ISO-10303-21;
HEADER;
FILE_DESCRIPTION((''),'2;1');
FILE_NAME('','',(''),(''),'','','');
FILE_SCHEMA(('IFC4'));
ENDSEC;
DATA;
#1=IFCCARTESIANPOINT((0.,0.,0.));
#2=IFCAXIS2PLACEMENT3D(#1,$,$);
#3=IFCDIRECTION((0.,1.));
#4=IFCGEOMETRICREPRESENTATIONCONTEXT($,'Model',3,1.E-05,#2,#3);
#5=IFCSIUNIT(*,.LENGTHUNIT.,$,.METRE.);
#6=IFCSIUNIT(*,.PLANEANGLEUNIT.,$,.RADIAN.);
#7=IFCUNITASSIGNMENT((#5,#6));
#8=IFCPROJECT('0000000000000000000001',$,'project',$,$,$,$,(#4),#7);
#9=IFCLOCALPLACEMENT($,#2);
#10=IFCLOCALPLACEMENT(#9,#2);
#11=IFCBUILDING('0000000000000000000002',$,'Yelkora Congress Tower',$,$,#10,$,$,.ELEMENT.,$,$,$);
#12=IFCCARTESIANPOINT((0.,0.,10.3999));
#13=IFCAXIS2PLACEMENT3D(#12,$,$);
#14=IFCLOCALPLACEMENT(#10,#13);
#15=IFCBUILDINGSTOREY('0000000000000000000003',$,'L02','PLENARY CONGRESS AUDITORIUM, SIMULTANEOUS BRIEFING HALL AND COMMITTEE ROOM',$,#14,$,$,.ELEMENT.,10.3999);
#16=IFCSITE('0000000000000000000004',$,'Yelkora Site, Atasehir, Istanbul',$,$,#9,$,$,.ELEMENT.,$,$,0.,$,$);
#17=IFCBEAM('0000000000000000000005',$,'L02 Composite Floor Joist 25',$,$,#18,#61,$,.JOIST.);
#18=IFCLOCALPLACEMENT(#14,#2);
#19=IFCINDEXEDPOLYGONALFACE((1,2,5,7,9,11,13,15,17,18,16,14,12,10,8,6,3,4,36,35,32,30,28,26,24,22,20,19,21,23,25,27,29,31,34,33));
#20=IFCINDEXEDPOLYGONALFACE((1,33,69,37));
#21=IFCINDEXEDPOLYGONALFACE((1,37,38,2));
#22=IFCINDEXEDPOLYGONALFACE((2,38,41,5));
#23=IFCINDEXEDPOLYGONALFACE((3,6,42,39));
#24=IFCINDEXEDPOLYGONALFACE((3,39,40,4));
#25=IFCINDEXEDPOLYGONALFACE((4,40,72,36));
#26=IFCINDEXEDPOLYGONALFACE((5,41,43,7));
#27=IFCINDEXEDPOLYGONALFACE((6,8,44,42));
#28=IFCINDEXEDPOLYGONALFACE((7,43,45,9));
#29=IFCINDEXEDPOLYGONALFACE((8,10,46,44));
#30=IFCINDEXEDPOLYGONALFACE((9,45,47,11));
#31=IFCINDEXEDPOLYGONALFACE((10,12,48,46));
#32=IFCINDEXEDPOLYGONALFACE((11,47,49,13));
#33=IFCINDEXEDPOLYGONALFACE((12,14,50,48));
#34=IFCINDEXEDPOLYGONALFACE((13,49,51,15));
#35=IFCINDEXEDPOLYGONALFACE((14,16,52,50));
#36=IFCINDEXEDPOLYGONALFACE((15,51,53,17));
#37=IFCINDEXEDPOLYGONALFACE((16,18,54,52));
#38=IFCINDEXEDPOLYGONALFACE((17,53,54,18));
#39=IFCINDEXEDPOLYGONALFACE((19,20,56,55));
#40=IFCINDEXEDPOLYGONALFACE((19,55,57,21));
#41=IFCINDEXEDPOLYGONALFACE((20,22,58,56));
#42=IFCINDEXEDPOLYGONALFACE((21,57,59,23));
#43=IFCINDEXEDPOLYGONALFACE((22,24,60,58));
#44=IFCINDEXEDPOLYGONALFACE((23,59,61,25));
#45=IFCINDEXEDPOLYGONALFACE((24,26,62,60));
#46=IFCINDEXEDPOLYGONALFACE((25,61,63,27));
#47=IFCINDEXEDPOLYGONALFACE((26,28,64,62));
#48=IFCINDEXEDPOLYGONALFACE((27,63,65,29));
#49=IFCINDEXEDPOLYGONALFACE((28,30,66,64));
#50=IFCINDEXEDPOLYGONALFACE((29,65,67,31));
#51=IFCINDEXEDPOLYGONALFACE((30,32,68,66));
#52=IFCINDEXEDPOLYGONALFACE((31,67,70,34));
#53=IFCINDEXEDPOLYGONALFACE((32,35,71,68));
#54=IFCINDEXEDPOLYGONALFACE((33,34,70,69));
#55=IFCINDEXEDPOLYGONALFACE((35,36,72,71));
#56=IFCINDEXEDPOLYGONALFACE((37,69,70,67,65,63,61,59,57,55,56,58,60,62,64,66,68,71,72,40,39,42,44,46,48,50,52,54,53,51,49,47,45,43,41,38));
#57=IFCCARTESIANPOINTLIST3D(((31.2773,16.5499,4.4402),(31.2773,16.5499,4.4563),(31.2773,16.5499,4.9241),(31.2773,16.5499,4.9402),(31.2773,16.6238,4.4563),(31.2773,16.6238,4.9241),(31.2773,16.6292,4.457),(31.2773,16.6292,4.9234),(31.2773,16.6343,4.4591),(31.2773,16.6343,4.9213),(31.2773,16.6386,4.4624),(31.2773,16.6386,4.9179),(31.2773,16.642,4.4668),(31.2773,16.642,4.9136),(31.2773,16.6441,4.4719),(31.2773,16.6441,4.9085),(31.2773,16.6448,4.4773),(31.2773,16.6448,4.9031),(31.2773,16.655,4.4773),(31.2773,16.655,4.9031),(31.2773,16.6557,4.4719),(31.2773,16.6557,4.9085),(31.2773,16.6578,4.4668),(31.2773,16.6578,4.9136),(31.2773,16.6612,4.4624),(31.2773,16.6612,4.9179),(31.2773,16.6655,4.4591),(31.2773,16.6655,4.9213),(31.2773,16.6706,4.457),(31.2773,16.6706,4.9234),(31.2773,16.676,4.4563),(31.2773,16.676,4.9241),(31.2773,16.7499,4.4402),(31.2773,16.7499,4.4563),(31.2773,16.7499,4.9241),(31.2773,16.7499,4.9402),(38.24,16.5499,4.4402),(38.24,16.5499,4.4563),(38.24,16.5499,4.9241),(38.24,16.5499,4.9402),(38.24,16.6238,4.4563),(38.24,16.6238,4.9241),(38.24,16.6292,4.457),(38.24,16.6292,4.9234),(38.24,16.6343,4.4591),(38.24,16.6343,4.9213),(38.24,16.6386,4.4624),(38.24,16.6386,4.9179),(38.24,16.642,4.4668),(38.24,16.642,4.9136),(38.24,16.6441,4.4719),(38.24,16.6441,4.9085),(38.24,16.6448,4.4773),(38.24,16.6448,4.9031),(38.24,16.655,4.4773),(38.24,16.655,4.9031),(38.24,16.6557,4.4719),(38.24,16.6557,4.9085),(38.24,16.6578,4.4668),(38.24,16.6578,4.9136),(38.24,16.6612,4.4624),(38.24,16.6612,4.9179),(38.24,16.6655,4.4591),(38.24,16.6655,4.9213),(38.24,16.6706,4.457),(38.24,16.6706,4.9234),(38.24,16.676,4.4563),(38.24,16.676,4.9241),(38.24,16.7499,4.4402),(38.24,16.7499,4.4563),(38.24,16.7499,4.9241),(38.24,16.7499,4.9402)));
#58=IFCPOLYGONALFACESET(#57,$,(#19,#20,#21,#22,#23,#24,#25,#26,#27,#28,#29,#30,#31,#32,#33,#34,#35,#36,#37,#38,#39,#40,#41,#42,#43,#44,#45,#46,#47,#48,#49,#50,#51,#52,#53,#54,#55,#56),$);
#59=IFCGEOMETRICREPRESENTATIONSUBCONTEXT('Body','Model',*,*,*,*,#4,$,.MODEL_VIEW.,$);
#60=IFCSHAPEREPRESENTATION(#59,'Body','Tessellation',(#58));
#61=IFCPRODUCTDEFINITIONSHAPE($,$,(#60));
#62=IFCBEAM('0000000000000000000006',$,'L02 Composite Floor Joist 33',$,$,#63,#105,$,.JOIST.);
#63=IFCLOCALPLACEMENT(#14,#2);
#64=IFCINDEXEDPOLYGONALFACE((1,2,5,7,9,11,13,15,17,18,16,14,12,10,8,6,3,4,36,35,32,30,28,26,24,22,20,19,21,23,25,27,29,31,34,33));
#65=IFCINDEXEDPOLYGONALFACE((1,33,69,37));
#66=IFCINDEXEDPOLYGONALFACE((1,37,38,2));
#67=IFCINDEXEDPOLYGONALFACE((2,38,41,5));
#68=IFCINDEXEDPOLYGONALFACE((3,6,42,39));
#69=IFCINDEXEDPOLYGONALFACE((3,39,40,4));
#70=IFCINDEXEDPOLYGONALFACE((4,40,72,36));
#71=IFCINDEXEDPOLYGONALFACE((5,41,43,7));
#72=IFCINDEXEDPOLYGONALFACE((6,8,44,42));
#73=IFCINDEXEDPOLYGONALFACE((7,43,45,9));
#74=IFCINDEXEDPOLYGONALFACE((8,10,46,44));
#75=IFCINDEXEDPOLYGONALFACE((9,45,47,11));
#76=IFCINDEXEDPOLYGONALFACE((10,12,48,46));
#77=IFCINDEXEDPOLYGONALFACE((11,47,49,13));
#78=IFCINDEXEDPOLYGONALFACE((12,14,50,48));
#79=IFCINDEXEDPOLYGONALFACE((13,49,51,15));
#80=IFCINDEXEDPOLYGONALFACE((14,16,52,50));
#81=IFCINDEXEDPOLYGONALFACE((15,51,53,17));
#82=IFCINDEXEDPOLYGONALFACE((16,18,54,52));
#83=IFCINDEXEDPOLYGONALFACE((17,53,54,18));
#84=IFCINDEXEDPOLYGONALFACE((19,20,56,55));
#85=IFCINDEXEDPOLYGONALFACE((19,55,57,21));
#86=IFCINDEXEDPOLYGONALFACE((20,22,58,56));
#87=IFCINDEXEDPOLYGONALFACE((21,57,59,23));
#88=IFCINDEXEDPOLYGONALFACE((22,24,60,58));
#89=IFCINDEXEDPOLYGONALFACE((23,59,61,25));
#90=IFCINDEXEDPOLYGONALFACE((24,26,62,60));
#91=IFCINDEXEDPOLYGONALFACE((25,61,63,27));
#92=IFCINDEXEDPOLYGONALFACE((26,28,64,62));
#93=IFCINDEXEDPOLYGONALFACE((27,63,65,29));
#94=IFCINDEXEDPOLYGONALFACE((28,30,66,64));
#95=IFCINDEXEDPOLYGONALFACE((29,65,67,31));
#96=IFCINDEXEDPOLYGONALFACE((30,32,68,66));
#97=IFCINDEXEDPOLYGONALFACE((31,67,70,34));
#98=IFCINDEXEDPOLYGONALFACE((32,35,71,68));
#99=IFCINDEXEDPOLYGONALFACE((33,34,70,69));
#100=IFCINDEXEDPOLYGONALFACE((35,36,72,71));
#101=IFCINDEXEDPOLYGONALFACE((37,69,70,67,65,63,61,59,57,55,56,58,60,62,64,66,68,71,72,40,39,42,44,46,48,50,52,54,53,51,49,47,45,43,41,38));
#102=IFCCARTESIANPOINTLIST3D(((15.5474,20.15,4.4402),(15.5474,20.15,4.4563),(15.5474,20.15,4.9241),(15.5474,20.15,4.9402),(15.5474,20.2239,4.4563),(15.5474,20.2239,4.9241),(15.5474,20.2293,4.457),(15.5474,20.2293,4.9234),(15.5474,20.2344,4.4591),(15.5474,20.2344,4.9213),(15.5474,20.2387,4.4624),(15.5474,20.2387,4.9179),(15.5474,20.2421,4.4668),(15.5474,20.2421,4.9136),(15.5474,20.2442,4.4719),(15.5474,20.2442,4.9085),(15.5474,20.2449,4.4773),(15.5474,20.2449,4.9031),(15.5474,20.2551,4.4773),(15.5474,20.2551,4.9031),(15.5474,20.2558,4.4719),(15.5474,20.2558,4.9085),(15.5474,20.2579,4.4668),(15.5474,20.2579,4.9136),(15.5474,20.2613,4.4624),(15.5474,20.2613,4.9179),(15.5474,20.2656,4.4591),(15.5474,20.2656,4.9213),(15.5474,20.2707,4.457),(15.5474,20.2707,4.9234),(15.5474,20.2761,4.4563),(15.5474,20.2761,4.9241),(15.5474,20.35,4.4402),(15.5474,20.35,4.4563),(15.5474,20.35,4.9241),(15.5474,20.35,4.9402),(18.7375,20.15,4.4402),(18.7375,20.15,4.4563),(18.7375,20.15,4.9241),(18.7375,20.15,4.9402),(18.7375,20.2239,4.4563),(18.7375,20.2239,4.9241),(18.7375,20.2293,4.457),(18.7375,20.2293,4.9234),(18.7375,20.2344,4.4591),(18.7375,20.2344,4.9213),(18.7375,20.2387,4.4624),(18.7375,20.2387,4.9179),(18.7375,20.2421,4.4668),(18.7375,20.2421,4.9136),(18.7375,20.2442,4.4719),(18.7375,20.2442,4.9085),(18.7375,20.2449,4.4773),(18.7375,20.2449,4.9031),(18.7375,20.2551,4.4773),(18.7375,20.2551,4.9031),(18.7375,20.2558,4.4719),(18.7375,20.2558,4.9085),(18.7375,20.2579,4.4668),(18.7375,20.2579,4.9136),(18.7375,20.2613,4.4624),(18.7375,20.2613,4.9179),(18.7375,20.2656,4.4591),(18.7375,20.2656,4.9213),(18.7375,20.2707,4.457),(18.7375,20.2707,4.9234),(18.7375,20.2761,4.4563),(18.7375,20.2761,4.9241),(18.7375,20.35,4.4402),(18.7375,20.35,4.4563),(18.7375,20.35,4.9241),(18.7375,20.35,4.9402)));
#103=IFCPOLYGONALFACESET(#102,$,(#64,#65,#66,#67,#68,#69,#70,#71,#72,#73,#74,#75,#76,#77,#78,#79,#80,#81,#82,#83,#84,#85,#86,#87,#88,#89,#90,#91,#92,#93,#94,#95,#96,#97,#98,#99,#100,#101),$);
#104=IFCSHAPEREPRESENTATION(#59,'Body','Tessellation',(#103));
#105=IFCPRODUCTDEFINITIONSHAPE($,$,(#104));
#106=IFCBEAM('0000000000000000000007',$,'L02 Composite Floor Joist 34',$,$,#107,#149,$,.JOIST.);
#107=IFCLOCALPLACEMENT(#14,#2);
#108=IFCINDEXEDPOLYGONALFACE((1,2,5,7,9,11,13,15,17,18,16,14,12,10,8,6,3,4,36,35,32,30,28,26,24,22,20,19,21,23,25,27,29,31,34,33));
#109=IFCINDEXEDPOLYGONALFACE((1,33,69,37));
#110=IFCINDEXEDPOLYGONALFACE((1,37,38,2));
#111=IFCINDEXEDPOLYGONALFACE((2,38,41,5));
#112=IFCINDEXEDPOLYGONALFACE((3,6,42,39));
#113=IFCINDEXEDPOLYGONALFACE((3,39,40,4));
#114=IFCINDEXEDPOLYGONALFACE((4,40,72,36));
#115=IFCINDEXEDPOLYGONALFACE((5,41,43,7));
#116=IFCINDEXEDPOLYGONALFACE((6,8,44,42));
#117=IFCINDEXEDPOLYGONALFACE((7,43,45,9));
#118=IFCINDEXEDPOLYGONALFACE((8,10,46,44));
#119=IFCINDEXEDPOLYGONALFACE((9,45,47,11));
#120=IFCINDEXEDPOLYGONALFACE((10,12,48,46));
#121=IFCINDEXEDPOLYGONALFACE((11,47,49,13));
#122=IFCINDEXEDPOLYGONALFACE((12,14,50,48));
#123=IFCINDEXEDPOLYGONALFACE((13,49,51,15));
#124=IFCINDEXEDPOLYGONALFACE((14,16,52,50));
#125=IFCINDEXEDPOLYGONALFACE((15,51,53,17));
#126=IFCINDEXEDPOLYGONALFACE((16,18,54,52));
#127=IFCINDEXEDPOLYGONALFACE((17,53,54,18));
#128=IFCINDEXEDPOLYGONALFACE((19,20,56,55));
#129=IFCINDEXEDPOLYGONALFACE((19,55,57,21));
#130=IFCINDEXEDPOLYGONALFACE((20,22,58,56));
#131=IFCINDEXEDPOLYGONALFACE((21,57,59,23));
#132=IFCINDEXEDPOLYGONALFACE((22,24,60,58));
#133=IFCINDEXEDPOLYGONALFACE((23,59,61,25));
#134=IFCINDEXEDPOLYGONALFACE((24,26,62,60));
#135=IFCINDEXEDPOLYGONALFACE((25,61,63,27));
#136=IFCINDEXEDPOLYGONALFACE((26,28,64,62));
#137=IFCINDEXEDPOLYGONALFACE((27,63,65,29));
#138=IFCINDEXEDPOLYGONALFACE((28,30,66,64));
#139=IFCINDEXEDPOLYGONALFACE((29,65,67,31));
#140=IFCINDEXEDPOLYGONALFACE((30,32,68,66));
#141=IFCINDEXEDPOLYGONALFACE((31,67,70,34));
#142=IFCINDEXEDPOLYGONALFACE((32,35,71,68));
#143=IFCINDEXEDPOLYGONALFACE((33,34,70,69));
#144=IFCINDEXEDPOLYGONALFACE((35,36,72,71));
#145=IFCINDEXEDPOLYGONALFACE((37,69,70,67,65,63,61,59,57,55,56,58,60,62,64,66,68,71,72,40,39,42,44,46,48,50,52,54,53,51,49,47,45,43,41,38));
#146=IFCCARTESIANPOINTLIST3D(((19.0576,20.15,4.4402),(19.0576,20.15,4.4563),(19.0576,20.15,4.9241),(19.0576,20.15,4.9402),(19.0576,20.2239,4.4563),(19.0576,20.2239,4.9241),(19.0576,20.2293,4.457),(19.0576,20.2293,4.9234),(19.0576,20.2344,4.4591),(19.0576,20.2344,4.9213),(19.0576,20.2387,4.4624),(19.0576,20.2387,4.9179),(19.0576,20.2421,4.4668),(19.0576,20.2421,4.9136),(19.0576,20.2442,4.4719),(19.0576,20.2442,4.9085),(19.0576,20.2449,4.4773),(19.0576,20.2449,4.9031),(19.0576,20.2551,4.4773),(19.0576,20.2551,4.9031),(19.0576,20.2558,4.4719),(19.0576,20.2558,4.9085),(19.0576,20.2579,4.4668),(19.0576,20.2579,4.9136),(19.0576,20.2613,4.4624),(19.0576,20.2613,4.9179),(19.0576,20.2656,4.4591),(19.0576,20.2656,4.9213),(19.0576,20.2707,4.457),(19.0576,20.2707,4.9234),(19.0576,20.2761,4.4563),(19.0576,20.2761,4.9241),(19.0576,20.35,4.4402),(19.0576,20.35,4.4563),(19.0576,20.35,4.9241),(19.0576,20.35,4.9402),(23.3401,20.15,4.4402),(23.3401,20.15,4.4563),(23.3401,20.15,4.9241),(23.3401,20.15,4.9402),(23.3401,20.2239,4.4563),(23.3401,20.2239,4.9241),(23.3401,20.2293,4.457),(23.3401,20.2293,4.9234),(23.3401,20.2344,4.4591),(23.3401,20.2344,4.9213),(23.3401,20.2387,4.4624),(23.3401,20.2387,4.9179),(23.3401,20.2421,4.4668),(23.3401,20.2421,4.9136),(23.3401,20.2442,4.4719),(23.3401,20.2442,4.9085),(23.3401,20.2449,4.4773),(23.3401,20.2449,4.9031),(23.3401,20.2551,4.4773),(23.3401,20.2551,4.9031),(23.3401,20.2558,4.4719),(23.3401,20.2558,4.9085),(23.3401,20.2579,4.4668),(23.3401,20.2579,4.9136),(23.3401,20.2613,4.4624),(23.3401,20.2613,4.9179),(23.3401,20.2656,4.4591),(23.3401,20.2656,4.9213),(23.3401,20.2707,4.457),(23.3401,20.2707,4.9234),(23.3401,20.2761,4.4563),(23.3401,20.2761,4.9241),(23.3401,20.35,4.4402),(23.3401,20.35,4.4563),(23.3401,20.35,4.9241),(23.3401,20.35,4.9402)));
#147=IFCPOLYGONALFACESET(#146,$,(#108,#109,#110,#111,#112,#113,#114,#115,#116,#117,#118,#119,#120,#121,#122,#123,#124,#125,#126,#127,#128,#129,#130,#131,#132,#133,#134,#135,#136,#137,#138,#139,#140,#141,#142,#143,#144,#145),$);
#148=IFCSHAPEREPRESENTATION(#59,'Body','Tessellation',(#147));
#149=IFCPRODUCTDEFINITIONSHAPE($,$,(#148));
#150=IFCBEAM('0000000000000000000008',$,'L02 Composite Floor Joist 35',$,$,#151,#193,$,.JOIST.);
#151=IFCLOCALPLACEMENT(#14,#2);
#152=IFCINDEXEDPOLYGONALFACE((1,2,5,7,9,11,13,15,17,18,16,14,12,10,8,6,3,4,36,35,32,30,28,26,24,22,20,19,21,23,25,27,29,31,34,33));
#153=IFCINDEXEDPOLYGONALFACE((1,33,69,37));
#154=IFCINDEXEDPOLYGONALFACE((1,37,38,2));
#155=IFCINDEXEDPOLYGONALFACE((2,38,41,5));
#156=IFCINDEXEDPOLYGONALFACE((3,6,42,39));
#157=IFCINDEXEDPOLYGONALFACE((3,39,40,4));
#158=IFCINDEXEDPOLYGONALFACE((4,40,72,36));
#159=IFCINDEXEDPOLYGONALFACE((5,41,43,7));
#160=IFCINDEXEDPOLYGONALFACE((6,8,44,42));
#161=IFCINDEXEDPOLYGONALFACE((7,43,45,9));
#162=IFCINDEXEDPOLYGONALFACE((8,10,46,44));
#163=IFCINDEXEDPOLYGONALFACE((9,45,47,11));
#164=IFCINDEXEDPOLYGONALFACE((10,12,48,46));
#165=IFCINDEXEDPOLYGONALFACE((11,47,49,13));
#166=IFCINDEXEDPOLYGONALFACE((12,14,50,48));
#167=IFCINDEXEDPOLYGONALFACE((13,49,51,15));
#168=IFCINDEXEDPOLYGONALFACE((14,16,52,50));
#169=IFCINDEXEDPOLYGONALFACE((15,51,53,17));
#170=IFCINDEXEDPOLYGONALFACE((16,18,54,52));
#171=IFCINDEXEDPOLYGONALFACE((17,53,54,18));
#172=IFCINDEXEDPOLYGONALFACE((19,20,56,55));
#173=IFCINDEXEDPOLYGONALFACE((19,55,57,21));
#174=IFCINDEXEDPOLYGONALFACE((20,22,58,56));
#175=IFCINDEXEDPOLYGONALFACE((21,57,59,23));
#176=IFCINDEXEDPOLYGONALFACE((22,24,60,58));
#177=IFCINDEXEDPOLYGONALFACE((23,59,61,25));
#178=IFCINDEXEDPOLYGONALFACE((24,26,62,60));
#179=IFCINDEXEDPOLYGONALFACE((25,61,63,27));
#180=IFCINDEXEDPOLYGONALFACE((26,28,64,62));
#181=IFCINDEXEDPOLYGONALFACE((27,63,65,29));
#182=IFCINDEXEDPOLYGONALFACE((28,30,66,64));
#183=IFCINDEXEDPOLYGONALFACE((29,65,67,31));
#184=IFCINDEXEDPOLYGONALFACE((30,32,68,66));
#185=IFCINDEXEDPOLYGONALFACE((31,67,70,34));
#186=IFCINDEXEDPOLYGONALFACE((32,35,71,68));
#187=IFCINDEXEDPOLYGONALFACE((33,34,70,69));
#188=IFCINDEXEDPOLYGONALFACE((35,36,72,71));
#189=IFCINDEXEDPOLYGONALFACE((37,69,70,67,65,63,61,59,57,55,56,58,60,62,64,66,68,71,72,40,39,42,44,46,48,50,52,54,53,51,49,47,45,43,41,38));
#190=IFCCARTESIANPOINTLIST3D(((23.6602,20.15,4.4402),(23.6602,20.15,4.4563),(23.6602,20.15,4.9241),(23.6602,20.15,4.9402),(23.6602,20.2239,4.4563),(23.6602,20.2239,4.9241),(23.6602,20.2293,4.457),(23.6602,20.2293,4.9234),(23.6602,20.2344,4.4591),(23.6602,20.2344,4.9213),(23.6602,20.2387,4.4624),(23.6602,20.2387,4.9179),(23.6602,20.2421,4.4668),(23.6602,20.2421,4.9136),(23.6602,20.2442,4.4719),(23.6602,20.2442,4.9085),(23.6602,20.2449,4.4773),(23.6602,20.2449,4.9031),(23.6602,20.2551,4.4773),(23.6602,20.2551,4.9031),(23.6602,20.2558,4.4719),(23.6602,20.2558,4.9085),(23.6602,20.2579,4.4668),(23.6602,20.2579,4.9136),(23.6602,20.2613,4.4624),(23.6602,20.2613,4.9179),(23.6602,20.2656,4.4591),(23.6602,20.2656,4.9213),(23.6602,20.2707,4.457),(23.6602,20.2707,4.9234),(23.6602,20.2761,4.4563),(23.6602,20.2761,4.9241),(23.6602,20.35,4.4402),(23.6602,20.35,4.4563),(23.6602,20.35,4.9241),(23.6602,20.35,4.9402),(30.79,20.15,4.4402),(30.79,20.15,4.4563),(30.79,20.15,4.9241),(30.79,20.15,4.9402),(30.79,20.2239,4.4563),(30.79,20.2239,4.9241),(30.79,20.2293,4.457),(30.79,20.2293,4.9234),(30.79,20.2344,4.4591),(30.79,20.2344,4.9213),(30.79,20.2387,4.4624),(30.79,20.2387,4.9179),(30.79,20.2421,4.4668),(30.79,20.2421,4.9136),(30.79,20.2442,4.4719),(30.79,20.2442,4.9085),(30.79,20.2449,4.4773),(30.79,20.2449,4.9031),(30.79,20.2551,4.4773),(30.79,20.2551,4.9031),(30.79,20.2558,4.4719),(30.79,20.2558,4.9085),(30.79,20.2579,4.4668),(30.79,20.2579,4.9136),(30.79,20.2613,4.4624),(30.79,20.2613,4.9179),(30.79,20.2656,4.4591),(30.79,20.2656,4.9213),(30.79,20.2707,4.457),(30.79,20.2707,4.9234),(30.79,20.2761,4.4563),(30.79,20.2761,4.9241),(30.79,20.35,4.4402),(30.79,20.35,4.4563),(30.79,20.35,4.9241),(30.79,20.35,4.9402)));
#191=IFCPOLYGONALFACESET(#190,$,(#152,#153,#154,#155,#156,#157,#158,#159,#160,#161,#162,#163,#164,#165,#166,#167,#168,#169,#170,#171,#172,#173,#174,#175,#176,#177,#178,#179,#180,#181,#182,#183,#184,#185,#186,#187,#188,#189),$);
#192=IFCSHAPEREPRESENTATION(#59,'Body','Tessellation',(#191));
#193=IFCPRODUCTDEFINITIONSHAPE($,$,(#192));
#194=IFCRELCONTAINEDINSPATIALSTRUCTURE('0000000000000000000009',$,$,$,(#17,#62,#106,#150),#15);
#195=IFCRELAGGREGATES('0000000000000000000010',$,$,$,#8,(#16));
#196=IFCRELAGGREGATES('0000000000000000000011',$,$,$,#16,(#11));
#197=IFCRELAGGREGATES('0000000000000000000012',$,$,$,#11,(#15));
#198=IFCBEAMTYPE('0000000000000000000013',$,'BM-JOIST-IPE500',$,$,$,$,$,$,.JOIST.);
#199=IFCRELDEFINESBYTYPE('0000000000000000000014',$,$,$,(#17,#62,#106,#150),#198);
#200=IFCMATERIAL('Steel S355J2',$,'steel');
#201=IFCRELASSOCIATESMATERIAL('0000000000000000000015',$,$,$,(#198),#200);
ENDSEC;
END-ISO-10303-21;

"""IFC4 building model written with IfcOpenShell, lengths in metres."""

from ifc_helpers import new_model, si_unit, direction, frame, origin, origin_2d, place, context, subcontext, project, spatial, i_section, extrude, material, material_profile, profile_set, type_object, element, save


model = new_model("IFC4")

# Units and contexts
model_context = context("Model", 3, precision=1e-05, world=origin(), true_north=direction((0.0, 1.0)))
body_context = subcontext(model_context, "Body", "Model", "MODEL_VIEW")
ifc_project = project(units=[si_unit("LENGTHUNIT", "METRE"), si_unit("PLANEANGLEUNIT", "RADIAN")], contexts=[model_context])

# Site, building, storey
site_placement = place(None, origin())
site = spatial("IfcSite", under=ifc_project, at=site_placement, Name="Yelkora Site, Atasehir, Istanbul", CompositionType="ELEMENT", RefElevation=0.0)
building_placement = place(site_placement, origin())
building = spatial("IfcBuilding", under=site, at=building_placement, Name="Yelkora Congress Tower", CompositionType="ELEMENT")
storey_placement = place(building_placement, frame((0.0, 0.0, 10.3999)))
storey = spatial("IfcBuildingStorey", under=building, at=storey_placement, Name="L02", Description="PLENARY CONGRESS AUDITORIUM, SIMULTANEOUS BRIEFING HALL AND COMMITTEE ROOM", CompositionType="ELEMENT", Elevation=10.3999)

# Beams
ifc_material_1 = material(Name="Steel S355J2", Category="steel")
ifc_material_profile_1 = material_profile(ifc_material_1, i_section(OverallWidth=0.2, OverallDepth=0.5, WebThickness=0.0103, FlangeThickness=0.0161, FilletRadius=0.021, at=origin_2d()), Name="IPE 500")
ifc_profile_set_1 = profile_set([ifc_material_profile_1], Name="Steel S355J2")
beam_type_1 = type_object("IfcBeamType", Name="BM-JOIST-IPE500", PredefinedType="JOIST", material=ifc_profile_set_1)
beam_1_placement = place(storey_placement, frame((31.2773, 16.6499, 4.6902), z_axis=(1.0, 0.0, 0.0), x_axis=(0.0, 1.0, 0.0)))
element("IfcBeam", 1, at=beam_1_placement, inside=storey, type_object=beam_type_1, Name="L02 Composite Floor Joist 25", PredefinedType="JOIST", context=body_context, shape_type="SweptSolid", body=[
    extrude(i_section(OverallWidth=0.2, OverallDepth=0.5, WebThickness=0.0103, FlangeThickness=0.0161, FilletRadius=0.021, at=origin_2d()), origin(), (0.0, 0.0, 1.0), 6.9626),
])
beam_2_placement = place(storey_placement, frame((15.5474, 20.25, 4.6902), z_axis=(1.0, 0.0, 0.0), x_axis=(0.0, 1.0, 0.0)))
element("IfcBeam", 2, at=beam_2_placement, inside=storey, type_object=beam_type_1, Name="L02 Composite Floor Joist 33", PredefinedType="JOIST", context=body_context, shape_type="SweptSolid", body=[
    extrude(i_section(OverallWidth=0.2, OverallDepth=0.5, WebThickness=0.0103, FlangeThickness=0.0161, FilletRadius=0.021, at=origin_2d()), origin(), (0.0, 0.0, 1.0), 3.1902),
])
beam_3_placement = place(storey_placement, frame((19.0576, 20.25, 4.6902), z_axis=(1.0, 0.0, 0.0), x_axis=(0.0, 1.0, 0.0)))
element("IfcBeam", 3, at=beam_3_placement, inside=storey, type_object=beam_type_1, Name="L02 Composite Floor Joist 34", PredefinedType="JOIST", context=body_context, shape_type="SweptSolid", body=[
    extrude(i_section(OverallWidth=0.2, OverallDepth=0.5, WebThickness=0.0103, FlangeThickness=0.0161, FilletRadius=0.021, at=origin_2d()), origin(), (0.0, 0.0, 1.0), 4.2825),
])
for number, where, z_axis, x_axis, name in (
    (4, (23.6602, 20.25, 4.6902), (1.0, 0.0, 0.0), (0.0, 1.0, 0.0), "L02 Composite Floor Joist 35"),
):
    element("IfcBeam", number, at=place(storey_placement, frame(where, z_axis=z_axis, x_axis=x_axis)), inside=storey, type_object=beam_type_1, Name=name, PredefinedType="JOIST", context=body_context, shape_type="SweptSolid", body=[
        extrude(i_section(OverallWidth=0.2, OverallDepth=0.5, WebThickness=0.0103, FlangeThickness=0.0161, FilletRadius=0.021, at=origin_2d()), origin(), (0.0, 0.0, 1.0), 7.1299),
    ])

save(model, "model.ifc")
